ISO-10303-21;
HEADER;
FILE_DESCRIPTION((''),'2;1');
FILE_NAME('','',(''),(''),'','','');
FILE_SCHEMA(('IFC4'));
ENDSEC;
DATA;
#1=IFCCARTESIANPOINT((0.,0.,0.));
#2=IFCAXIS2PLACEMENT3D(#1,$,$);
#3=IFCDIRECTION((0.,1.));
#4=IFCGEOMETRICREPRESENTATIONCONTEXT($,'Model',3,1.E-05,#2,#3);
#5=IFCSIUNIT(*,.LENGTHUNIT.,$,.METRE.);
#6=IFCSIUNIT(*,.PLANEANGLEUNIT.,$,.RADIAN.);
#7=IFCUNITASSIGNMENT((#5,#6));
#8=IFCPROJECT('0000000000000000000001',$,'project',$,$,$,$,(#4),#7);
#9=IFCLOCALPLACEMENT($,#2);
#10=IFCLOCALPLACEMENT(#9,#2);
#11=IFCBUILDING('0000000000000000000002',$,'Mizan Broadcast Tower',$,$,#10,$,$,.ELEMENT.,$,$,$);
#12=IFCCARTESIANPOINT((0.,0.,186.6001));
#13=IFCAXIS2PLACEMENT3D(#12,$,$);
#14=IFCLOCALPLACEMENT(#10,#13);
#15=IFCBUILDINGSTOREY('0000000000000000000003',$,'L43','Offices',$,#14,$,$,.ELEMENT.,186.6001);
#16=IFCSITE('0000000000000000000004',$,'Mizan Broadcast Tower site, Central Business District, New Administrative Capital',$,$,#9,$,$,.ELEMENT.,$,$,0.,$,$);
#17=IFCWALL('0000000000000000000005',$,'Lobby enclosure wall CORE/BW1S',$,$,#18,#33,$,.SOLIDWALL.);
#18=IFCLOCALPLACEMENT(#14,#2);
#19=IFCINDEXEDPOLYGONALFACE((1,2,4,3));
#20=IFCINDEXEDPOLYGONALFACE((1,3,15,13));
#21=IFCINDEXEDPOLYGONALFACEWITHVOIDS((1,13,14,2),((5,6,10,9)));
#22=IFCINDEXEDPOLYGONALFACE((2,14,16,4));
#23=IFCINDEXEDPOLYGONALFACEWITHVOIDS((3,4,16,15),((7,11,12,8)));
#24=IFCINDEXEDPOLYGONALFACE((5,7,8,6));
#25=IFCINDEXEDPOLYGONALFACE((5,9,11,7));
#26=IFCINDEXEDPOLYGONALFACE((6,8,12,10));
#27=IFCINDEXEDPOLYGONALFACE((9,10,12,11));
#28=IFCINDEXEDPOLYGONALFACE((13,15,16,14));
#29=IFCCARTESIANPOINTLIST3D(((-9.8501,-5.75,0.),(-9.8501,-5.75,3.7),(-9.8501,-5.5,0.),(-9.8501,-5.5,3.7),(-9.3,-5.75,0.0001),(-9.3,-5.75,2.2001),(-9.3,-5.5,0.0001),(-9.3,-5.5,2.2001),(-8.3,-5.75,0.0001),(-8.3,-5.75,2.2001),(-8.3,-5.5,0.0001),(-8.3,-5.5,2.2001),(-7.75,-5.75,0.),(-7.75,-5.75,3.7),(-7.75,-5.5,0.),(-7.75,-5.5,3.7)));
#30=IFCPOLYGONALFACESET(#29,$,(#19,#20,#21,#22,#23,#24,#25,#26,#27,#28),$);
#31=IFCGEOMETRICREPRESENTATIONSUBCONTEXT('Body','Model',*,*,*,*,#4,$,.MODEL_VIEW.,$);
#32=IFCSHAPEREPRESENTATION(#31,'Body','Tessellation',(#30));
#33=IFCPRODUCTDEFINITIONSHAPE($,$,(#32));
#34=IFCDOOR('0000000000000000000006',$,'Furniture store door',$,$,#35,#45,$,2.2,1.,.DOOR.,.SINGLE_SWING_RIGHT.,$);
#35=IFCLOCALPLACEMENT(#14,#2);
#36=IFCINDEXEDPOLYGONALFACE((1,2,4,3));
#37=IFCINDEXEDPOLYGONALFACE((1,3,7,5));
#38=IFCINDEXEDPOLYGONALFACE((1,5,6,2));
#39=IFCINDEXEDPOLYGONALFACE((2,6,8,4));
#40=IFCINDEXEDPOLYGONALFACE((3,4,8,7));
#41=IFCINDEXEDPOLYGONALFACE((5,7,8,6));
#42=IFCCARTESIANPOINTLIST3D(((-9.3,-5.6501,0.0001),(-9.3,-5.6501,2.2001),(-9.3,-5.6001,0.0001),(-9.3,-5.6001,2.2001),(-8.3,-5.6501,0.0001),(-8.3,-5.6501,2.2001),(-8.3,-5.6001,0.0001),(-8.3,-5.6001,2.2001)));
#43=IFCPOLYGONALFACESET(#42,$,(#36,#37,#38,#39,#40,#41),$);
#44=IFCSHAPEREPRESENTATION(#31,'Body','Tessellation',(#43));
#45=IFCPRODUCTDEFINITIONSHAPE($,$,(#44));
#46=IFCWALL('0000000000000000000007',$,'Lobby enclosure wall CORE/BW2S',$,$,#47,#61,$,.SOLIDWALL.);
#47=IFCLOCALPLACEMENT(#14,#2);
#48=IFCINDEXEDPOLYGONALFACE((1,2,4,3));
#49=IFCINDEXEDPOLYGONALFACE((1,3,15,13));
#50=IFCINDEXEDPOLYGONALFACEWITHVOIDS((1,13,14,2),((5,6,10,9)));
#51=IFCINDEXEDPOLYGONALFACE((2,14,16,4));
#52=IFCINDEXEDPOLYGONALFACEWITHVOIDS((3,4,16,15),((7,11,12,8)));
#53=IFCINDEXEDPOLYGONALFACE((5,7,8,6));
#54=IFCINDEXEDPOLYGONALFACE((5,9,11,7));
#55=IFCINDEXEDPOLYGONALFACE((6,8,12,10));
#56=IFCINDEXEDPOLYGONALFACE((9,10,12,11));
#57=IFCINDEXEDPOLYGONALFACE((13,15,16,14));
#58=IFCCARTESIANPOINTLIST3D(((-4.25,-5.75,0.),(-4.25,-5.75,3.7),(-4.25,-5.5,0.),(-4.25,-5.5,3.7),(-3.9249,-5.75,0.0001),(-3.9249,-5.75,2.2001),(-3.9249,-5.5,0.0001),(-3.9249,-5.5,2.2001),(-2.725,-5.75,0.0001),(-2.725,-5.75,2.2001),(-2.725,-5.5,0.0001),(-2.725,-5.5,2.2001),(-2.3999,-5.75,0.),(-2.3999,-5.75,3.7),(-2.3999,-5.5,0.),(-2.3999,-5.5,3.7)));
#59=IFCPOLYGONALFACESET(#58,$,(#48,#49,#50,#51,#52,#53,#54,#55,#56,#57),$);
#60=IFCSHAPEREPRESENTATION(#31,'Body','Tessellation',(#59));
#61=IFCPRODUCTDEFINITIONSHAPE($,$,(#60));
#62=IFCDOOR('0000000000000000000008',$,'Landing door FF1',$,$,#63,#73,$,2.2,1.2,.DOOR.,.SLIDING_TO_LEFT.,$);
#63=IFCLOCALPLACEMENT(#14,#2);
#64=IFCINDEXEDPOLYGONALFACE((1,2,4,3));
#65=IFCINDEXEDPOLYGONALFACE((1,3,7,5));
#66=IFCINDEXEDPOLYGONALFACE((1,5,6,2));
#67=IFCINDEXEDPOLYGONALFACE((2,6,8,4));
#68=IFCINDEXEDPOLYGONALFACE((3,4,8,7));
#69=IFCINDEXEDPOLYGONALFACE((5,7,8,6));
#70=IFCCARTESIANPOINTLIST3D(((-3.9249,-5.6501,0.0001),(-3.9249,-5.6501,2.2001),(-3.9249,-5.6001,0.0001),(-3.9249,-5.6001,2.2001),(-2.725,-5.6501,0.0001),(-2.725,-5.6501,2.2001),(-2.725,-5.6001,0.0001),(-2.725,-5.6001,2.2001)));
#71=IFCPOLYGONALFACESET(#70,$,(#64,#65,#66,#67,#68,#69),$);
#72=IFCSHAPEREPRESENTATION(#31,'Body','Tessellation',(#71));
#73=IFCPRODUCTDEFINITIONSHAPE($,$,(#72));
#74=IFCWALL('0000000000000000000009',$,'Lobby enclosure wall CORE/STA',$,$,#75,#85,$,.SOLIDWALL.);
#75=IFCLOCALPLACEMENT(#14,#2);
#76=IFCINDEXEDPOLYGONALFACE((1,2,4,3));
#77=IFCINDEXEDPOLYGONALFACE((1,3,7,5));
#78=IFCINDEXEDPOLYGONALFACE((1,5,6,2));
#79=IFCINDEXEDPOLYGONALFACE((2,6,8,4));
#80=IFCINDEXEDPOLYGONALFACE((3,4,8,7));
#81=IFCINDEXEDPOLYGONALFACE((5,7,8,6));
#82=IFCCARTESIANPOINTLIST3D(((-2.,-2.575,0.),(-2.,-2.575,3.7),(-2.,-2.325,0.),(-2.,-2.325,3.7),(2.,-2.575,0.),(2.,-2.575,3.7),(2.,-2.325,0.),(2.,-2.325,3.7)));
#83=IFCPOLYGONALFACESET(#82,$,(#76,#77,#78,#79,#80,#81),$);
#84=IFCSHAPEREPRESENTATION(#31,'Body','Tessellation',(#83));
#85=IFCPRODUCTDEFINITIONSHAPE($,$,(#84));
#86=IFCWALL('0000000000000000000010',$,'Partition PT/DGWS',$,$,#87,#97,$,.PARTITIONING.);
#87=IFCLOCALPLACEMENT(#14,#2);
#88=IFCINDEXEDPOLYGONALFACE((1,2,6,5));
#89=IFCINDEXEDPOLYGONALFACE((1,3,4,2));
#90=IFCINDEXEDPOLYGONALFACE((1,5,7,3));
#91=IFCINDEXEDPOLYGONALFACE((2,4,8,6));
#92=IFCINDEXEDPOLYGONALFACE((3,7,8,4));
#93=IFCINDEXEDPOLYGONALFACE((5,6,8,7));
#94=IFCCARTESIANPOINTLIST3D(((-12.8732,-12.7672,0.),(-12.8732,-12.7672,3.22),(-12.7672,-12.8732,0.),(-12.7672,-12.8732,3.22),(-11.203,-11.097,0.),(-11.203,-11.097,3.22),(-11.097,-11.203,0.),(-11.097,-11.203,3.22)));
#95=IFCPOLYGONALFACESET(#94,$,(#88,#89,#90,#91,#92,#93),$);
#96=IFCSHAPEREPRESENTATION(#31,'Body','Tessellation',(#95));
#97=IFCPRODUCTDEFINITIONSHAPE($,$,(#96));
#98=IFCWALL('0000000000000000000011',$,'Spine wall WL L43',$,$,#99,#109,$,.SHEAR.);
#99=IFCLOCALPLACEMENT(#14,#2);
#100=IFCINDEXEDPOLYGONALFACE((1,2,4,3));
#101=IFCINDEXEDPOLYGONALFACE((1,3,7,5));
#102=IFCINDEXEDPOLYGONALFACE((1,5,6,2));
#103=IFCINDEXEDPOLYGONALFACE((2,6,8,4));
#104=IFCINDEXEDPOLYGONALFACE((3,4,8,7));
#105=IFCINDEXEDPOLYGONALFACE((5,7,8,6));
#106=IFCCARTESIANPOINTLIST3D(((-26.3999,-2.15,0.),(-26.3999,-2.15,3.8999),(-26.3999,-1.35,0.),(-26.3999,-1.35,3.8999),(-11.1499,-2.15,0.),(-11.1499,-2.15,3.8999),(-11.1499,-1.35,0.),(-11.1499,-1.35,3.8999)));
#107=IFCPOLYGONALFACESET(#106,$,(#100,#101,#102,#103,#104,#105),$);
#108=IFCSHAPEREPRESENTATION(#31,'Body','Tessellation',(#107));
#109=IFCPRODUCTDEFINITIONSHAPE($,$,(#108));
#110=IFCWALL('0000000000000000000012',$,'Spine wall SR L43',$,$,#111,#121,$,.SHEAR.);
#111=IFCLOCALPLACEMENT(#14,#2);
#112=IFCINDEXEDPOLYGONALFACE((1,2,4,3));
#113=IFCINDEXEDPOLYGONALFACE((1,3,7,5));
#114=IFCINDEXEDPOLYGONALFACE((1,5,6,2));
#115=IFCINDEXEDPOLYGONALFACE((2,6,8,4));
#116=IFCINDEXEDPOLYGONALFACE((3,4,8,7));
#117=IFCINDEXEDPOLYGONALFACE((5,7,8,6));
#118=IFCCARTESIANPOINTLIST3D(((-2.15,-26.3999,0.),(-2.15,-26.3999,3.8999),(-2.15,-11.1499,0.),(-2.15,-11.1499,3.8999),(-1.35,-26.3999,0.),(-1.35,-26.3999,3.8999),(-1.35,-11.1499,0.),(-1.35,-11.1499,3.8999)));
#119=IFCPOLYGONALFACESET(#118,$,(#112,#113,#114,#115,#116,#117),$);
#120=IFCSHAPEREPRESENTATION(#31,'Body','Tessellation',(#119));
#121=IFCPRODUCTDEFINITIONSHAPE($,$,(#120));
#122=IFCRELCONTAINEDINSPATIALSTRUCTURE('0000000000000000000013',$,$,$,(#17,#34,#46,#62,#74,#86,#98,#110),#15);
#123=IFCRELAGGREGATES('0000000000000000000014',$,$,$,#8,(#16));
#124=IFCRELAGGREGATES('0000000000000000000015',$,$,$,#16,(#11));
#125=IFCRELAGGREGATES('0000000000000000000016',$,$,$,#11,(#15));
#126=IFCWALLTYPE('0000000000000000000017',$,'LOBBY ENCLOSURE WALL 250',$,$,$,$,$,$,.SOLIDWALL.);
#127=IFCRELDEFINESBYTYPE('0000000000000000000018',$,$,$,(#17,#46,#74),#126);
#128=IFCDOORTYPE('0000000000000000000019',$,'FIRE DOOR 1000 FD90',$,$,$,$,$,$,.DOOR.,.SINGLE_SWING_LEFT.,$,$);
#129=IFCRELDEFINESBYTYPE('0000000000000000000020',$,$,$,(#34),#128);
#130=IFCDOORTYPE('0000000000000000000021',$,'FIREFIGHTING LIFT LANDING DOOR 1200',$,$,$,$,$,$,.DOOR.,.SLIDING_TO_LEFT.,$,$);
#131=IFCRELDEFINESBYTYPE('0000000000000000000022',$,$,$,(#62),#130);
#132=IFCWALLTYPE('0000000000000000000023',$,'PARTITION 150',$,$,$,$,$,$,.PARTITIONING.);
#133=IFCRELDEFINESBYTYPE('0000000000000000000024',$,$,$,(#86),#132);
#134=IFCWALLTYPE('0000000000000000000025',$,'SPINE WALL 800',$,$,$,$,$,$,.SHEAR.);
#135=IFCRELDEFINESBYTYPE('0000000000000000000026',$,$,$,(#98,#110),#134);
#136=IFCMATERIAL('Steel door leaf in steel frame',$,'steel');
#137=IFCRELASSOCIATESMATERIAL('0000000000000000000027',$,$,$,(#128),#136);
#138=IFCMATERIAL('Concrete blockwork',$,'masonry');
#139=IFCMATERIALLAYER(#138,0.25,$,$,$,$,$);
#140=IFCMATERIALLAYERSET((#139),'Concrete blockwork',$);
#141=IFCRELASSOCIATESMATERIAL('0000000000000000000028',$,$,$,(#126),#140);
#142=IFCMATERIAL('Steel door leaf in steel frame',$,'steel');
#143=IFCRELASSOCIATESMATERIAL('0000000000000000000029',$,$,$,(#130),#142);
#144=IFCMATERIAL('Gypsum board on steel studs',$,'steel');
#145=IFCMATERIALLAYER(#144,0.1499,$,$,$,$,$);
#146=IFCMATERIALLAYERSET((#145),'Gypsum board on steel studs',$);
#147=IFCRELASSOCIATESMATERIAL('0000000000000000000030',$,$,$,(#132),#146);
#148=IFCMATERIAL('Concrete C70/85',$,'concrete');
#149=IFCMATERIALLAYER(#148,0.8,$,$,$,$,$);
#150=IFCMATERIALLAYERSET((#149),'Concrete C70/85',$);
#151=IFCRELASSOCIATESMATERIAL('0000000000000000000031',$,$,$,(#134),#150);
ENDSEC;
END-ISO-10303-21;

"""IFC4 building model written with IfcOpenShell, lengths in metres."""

from ifc_helpers import new_model, si_unit, direction, frame, frame_2d, origin, place, context, subcontext, project, spatial, rectangle, extrude, material, layer, layer_set, type_object, element, fill, save


model = new_model("IFC4")

# Units and contexts
model_context = context("Model", 3, precision=1e-05, world=origin(), true_north=direction((0.0, 1.0)))
body_context = subcontext(model_context, "Body", "Model", "MODEL_VIEW")
ifc_project = project(units=[si_unit("LENGTHUNIT", "METRE"), si_unit("PLANEANGLEUNIT", "RADIAN")], contexts=[model_context])

# Site, building, storey
site_placement = place(None, origin())
site = spatial("IfcSite", under=ifc_project, at=site_placement, Name="Mizan Broadcast Tower site, Central Business District, New Administrative Capital", CompositionType="ELEMENT", RefElevation=0.0)
building_placement = place(site_placement, origin())
building = spatial("IfcBuilding", under=site, at=building_placement, Name="Mizan Broadcast Tower", CompositionType="ELEMENT")
storey_placement = place(building_placement, frame((0.0, 0.0, 186.6001)))
storey = spatial("IfcBuildingStorey", under=building, at=storey_placement, Name="L43", Description="Offices", CompositionType="ELEMENT", Elevation=186.6001)

# Shared definitions
ifc_material_1 = material(Name="Steel door leaf in steel frame", Category="steel")
door_type_1 = type_object("IfcDoorType", Name="FIRE DOOR 1000 FD90", OperationType="SINGLE_SWING_LEFT", PredefinedType="DOOR", material=ifc_material_1)

# Walls, openings, doors
ifc_material_2 = material(Name="Concrete blockwork", Category="masonry")
ifc_layer_1 = layer(ifc_material_2, 0.25)
ifc_layer_set_1 = layer_set([ifc_layer_1], Name="Concrete blockwork")
wall_type_1 = type_object("IfcWallType", Name="LOBBY ENCLOSURE WALL 250", PredefinedType="SOLIDWALL", material=ifc_layer_set_1)
wall_1_placement = place(storey_placement, frame((-9.8501, -5.625, 0.0), z_axis=(0.0, 0.0, 1.0), x_axis=(1.0, 0.0, 0.0)))
wall_1 = element("IfcWall", 1, at=wall_1_placement, inside=storey, type_object=wall_type_1, Name="Lobby enclosure wall CORE/BW1S", PredefinedType="SOLIDWALL", context=body_context, shape_type="SweptSolid", body=[
    extrude(rectangle(XDim=2.1001, YDim=0.25, at=frame_2d((1.05, 0.0))), origin(), (0.0, 0.0, 1.0), 3.7),
])
opening_1_placement = place(wall_1_placement, frame((0.55, 0.0, 0.0)))
opening_1 = element("IfcOpeningElement", 2, at=opening_1_placement, cuts=wall_1, PredefinedType="OPENING", context=body_context, shape_type="SweptSolid", body=[
    extrude(rectangle(XDim=1.0, YDim=2.2, at=frame_2d((0.5, 1.1001))), frame((0.0, 0.135, 0.0), z_axis=(0.0, -1.0, 0.0), x_axis=(1.0, 0.0, 0.0)), (0.0, 0.0, 1.0), 0.27),
])
door_1_placement = place(opening_1_placement, origin())
door_1 = element("IfcDoor", 3, at=door_1_placement, inside=storey, type_object=door_type_1, Name="Furniture store door", OperationType="SINGLE_SWING_RIGHT", OverallHeight=2.2, OverallWidth=1.0, PredefinedType="DOOR", context=body_context, shape_type="SweptSolid", body=[
    extrude(rectangle(XDim=1.0, YDim=2.2, at=frame_2d((0.5, 1.1001))), frame((0.0, 0.0249, 0.0), z_axis=(0.0, -1.0, 0.0), x_axis=(1.0, 0.0, 0.0)), (0.0, 0.0, 1.0), 0.05),
])
fill(opening_1, door_1)
wall_2_placement = place(storey_placement, frame((-4.25, -5.625, 0.0), z_axis=(0.0, 0.0, 1.0), x_axis=(1.0, 0.0, 0.0)))
wall_2 = element("IfcWall", 4, at=wall_2_placement, inside=storey, type_object=wall_type_1, Name="Lobby enclosure wall CORE/BW2S", PredefinedType="SOLIDWALL", context=body_context, shape_type="SweptSolid", body=[
    extrude(rectangle(XDim=1.8501, YDim=0.25, at=frame_2d((0.925, 0.0))), origin(), (0.0, 0.0, 1.0), 3.7),
])
opening_2_placement = place(wall_2_placement, frame((0.325, 0.0, 0.0)))
opening_2 = element("IfcOpeningElement", 5, at=opening_2_placement, cuts=wall_2, PredefinedType="OPENING", context=body_context, shape_type="SweptSolid", body=[
    extrude(rectangle(XDim=1.2, YDim=2.2, at=frame_2d((0.6001, 1.1001))), frame((0.0, 0.135, 0.0), z_axis=(0.0, -1.0, 0.0), x_axis=(1.0, 0.0, 0.0)), (0.0, 0.0, 1.0), 0.27),
])
ifc_material_3 = material(Name="Steel door leaf in steel frame", Category="steel")
door_type_2 = type_object("IfcDoorType", Name="FIREFIGHTING LIFT LANDING DOOR 1200", OperationType="SLIDING_TO_LEFT", PredefinedType="DOOR", material=ifc_material_3)
door_2_placement = place(opening_2_placement, origin())
door_2 = element("IfcDoor", 6, at=door_2_placement, inside=storey, type_object=door_type_2, Name="Landing door FF1", OperationType="SLIDING_TO_LEFT", OverallHeight=2.2, OverallWidth=1.2, PredefinedType="DOOR", context=body_context, shape_type="SweptSolid", body=[
    extrude(rectangle(XDim=1.2, YDim=2.2, at=frame_2d((0.6001, 1.1001))), frame((0.0, 0.0249, 0.0), z_axis=(0.0, -1.0, 0.0), x_axis=(1.0, 0.0, 0.0)), (0.0, 0.0, 1.0), 0.05),
])
fill(opening_2, door_2)

# Walls
wall_3_placement = place(storey_placement, frame((-2.0, -2.45, 0.0), z_axis=(0.0, 0.0, 1.0), x_axis=(1.0, 0.0, 0.0)))
element("IfcWall", 7, at=wall_3_placement, inside=storey, type_object=wall_type_1, Name="Lobby enclosure wall CORE/STA", PredefinedType="SOLIDWALL", context=body_context, shape_type="SweptSolid", body=[
    extrude(rectangle(XDim=4.0, YDim=0.25, at=frame_2d((2.0, 0.0))), origin(), (0.0, 0.0, 1.0), 3.7),
])
ifc_material_4 = material(Name="Gypsum board on steel studs", Category="steel")
ifc_layer_2 = layer(ifc_material_4, 0.1499)
ifc_layer_set_2 = layer_set([ifc_layer_2], Name="Gypsum board on steel studs")
wall_type_2 = type_object("IfcWallType", Name="PARTITION 150", PredefinedType="PARTITIONING", material=ifc_layer_set_2)
wall_4_placement = place(storey_placement, frame((-11.1499, -11.1499, 0.0), z_axis=(0.0, 0.0, 1.0), x_axis=(-0.707107, -0.707107, 0.0)))
element("IfcWall", 8, at=wall_4_placement, inside=storey, type_object=wall_type_2, Name="Partition PT/DGWS", PredefinedType="PARTITIONING", context=body_context, shape_type="SweptSolid", body=[
    extrude(rectangle(XDim=2.3621, YDim=0.1499, at=frame_2d((1.1812, 0.0))), origin(), (0.0, 0.0, 1.0), 3.22),
])
ifc_material_5 = material(Name="Concrete C70/85", Category="concrete")
ifc_layer_3 = layer(ifc_material_5, 0.8)
ifc_layer_set_3 = layer_set([ifc_layer_3], Name="Concrete C70/85")
wall_type_3 = type_object("IfcWallType", Name="SPINE WALL 800", PredefinedType="SHEAR", material=ifc_layer_set_3)
for number, where, z_axis, x_axis, name in (
    (9, (-11.1499, -1.75, 0.0), (0.0, 0.0, 1.0), (-1.0, 0.0, 0.0), "Spine wall WL L43"),
    (10, (-1.75, -11.1499, 0.0), (0.0, 0.0, 1.0), (0.0, -1.0, 0.0), "Spine wall SR L43"),
):
    element("IfcWall", number, at=place(storey_placement, frame(where, z_axis=z_axis, x_axis=x_axis)), inside=storey, type_object=wall_type_3, Name=name, PredefinedType="SHEAR", context=body_context, shape_type="SweptSolid", body=[
        extrude(rectangle(XDim=15.25, YDim=0.8, at=frame_2d((7.625, 0.0))), origin(), (0.0, 0.0, 1.0), 3.8999),
    ])

save(model, "model.ifc")
